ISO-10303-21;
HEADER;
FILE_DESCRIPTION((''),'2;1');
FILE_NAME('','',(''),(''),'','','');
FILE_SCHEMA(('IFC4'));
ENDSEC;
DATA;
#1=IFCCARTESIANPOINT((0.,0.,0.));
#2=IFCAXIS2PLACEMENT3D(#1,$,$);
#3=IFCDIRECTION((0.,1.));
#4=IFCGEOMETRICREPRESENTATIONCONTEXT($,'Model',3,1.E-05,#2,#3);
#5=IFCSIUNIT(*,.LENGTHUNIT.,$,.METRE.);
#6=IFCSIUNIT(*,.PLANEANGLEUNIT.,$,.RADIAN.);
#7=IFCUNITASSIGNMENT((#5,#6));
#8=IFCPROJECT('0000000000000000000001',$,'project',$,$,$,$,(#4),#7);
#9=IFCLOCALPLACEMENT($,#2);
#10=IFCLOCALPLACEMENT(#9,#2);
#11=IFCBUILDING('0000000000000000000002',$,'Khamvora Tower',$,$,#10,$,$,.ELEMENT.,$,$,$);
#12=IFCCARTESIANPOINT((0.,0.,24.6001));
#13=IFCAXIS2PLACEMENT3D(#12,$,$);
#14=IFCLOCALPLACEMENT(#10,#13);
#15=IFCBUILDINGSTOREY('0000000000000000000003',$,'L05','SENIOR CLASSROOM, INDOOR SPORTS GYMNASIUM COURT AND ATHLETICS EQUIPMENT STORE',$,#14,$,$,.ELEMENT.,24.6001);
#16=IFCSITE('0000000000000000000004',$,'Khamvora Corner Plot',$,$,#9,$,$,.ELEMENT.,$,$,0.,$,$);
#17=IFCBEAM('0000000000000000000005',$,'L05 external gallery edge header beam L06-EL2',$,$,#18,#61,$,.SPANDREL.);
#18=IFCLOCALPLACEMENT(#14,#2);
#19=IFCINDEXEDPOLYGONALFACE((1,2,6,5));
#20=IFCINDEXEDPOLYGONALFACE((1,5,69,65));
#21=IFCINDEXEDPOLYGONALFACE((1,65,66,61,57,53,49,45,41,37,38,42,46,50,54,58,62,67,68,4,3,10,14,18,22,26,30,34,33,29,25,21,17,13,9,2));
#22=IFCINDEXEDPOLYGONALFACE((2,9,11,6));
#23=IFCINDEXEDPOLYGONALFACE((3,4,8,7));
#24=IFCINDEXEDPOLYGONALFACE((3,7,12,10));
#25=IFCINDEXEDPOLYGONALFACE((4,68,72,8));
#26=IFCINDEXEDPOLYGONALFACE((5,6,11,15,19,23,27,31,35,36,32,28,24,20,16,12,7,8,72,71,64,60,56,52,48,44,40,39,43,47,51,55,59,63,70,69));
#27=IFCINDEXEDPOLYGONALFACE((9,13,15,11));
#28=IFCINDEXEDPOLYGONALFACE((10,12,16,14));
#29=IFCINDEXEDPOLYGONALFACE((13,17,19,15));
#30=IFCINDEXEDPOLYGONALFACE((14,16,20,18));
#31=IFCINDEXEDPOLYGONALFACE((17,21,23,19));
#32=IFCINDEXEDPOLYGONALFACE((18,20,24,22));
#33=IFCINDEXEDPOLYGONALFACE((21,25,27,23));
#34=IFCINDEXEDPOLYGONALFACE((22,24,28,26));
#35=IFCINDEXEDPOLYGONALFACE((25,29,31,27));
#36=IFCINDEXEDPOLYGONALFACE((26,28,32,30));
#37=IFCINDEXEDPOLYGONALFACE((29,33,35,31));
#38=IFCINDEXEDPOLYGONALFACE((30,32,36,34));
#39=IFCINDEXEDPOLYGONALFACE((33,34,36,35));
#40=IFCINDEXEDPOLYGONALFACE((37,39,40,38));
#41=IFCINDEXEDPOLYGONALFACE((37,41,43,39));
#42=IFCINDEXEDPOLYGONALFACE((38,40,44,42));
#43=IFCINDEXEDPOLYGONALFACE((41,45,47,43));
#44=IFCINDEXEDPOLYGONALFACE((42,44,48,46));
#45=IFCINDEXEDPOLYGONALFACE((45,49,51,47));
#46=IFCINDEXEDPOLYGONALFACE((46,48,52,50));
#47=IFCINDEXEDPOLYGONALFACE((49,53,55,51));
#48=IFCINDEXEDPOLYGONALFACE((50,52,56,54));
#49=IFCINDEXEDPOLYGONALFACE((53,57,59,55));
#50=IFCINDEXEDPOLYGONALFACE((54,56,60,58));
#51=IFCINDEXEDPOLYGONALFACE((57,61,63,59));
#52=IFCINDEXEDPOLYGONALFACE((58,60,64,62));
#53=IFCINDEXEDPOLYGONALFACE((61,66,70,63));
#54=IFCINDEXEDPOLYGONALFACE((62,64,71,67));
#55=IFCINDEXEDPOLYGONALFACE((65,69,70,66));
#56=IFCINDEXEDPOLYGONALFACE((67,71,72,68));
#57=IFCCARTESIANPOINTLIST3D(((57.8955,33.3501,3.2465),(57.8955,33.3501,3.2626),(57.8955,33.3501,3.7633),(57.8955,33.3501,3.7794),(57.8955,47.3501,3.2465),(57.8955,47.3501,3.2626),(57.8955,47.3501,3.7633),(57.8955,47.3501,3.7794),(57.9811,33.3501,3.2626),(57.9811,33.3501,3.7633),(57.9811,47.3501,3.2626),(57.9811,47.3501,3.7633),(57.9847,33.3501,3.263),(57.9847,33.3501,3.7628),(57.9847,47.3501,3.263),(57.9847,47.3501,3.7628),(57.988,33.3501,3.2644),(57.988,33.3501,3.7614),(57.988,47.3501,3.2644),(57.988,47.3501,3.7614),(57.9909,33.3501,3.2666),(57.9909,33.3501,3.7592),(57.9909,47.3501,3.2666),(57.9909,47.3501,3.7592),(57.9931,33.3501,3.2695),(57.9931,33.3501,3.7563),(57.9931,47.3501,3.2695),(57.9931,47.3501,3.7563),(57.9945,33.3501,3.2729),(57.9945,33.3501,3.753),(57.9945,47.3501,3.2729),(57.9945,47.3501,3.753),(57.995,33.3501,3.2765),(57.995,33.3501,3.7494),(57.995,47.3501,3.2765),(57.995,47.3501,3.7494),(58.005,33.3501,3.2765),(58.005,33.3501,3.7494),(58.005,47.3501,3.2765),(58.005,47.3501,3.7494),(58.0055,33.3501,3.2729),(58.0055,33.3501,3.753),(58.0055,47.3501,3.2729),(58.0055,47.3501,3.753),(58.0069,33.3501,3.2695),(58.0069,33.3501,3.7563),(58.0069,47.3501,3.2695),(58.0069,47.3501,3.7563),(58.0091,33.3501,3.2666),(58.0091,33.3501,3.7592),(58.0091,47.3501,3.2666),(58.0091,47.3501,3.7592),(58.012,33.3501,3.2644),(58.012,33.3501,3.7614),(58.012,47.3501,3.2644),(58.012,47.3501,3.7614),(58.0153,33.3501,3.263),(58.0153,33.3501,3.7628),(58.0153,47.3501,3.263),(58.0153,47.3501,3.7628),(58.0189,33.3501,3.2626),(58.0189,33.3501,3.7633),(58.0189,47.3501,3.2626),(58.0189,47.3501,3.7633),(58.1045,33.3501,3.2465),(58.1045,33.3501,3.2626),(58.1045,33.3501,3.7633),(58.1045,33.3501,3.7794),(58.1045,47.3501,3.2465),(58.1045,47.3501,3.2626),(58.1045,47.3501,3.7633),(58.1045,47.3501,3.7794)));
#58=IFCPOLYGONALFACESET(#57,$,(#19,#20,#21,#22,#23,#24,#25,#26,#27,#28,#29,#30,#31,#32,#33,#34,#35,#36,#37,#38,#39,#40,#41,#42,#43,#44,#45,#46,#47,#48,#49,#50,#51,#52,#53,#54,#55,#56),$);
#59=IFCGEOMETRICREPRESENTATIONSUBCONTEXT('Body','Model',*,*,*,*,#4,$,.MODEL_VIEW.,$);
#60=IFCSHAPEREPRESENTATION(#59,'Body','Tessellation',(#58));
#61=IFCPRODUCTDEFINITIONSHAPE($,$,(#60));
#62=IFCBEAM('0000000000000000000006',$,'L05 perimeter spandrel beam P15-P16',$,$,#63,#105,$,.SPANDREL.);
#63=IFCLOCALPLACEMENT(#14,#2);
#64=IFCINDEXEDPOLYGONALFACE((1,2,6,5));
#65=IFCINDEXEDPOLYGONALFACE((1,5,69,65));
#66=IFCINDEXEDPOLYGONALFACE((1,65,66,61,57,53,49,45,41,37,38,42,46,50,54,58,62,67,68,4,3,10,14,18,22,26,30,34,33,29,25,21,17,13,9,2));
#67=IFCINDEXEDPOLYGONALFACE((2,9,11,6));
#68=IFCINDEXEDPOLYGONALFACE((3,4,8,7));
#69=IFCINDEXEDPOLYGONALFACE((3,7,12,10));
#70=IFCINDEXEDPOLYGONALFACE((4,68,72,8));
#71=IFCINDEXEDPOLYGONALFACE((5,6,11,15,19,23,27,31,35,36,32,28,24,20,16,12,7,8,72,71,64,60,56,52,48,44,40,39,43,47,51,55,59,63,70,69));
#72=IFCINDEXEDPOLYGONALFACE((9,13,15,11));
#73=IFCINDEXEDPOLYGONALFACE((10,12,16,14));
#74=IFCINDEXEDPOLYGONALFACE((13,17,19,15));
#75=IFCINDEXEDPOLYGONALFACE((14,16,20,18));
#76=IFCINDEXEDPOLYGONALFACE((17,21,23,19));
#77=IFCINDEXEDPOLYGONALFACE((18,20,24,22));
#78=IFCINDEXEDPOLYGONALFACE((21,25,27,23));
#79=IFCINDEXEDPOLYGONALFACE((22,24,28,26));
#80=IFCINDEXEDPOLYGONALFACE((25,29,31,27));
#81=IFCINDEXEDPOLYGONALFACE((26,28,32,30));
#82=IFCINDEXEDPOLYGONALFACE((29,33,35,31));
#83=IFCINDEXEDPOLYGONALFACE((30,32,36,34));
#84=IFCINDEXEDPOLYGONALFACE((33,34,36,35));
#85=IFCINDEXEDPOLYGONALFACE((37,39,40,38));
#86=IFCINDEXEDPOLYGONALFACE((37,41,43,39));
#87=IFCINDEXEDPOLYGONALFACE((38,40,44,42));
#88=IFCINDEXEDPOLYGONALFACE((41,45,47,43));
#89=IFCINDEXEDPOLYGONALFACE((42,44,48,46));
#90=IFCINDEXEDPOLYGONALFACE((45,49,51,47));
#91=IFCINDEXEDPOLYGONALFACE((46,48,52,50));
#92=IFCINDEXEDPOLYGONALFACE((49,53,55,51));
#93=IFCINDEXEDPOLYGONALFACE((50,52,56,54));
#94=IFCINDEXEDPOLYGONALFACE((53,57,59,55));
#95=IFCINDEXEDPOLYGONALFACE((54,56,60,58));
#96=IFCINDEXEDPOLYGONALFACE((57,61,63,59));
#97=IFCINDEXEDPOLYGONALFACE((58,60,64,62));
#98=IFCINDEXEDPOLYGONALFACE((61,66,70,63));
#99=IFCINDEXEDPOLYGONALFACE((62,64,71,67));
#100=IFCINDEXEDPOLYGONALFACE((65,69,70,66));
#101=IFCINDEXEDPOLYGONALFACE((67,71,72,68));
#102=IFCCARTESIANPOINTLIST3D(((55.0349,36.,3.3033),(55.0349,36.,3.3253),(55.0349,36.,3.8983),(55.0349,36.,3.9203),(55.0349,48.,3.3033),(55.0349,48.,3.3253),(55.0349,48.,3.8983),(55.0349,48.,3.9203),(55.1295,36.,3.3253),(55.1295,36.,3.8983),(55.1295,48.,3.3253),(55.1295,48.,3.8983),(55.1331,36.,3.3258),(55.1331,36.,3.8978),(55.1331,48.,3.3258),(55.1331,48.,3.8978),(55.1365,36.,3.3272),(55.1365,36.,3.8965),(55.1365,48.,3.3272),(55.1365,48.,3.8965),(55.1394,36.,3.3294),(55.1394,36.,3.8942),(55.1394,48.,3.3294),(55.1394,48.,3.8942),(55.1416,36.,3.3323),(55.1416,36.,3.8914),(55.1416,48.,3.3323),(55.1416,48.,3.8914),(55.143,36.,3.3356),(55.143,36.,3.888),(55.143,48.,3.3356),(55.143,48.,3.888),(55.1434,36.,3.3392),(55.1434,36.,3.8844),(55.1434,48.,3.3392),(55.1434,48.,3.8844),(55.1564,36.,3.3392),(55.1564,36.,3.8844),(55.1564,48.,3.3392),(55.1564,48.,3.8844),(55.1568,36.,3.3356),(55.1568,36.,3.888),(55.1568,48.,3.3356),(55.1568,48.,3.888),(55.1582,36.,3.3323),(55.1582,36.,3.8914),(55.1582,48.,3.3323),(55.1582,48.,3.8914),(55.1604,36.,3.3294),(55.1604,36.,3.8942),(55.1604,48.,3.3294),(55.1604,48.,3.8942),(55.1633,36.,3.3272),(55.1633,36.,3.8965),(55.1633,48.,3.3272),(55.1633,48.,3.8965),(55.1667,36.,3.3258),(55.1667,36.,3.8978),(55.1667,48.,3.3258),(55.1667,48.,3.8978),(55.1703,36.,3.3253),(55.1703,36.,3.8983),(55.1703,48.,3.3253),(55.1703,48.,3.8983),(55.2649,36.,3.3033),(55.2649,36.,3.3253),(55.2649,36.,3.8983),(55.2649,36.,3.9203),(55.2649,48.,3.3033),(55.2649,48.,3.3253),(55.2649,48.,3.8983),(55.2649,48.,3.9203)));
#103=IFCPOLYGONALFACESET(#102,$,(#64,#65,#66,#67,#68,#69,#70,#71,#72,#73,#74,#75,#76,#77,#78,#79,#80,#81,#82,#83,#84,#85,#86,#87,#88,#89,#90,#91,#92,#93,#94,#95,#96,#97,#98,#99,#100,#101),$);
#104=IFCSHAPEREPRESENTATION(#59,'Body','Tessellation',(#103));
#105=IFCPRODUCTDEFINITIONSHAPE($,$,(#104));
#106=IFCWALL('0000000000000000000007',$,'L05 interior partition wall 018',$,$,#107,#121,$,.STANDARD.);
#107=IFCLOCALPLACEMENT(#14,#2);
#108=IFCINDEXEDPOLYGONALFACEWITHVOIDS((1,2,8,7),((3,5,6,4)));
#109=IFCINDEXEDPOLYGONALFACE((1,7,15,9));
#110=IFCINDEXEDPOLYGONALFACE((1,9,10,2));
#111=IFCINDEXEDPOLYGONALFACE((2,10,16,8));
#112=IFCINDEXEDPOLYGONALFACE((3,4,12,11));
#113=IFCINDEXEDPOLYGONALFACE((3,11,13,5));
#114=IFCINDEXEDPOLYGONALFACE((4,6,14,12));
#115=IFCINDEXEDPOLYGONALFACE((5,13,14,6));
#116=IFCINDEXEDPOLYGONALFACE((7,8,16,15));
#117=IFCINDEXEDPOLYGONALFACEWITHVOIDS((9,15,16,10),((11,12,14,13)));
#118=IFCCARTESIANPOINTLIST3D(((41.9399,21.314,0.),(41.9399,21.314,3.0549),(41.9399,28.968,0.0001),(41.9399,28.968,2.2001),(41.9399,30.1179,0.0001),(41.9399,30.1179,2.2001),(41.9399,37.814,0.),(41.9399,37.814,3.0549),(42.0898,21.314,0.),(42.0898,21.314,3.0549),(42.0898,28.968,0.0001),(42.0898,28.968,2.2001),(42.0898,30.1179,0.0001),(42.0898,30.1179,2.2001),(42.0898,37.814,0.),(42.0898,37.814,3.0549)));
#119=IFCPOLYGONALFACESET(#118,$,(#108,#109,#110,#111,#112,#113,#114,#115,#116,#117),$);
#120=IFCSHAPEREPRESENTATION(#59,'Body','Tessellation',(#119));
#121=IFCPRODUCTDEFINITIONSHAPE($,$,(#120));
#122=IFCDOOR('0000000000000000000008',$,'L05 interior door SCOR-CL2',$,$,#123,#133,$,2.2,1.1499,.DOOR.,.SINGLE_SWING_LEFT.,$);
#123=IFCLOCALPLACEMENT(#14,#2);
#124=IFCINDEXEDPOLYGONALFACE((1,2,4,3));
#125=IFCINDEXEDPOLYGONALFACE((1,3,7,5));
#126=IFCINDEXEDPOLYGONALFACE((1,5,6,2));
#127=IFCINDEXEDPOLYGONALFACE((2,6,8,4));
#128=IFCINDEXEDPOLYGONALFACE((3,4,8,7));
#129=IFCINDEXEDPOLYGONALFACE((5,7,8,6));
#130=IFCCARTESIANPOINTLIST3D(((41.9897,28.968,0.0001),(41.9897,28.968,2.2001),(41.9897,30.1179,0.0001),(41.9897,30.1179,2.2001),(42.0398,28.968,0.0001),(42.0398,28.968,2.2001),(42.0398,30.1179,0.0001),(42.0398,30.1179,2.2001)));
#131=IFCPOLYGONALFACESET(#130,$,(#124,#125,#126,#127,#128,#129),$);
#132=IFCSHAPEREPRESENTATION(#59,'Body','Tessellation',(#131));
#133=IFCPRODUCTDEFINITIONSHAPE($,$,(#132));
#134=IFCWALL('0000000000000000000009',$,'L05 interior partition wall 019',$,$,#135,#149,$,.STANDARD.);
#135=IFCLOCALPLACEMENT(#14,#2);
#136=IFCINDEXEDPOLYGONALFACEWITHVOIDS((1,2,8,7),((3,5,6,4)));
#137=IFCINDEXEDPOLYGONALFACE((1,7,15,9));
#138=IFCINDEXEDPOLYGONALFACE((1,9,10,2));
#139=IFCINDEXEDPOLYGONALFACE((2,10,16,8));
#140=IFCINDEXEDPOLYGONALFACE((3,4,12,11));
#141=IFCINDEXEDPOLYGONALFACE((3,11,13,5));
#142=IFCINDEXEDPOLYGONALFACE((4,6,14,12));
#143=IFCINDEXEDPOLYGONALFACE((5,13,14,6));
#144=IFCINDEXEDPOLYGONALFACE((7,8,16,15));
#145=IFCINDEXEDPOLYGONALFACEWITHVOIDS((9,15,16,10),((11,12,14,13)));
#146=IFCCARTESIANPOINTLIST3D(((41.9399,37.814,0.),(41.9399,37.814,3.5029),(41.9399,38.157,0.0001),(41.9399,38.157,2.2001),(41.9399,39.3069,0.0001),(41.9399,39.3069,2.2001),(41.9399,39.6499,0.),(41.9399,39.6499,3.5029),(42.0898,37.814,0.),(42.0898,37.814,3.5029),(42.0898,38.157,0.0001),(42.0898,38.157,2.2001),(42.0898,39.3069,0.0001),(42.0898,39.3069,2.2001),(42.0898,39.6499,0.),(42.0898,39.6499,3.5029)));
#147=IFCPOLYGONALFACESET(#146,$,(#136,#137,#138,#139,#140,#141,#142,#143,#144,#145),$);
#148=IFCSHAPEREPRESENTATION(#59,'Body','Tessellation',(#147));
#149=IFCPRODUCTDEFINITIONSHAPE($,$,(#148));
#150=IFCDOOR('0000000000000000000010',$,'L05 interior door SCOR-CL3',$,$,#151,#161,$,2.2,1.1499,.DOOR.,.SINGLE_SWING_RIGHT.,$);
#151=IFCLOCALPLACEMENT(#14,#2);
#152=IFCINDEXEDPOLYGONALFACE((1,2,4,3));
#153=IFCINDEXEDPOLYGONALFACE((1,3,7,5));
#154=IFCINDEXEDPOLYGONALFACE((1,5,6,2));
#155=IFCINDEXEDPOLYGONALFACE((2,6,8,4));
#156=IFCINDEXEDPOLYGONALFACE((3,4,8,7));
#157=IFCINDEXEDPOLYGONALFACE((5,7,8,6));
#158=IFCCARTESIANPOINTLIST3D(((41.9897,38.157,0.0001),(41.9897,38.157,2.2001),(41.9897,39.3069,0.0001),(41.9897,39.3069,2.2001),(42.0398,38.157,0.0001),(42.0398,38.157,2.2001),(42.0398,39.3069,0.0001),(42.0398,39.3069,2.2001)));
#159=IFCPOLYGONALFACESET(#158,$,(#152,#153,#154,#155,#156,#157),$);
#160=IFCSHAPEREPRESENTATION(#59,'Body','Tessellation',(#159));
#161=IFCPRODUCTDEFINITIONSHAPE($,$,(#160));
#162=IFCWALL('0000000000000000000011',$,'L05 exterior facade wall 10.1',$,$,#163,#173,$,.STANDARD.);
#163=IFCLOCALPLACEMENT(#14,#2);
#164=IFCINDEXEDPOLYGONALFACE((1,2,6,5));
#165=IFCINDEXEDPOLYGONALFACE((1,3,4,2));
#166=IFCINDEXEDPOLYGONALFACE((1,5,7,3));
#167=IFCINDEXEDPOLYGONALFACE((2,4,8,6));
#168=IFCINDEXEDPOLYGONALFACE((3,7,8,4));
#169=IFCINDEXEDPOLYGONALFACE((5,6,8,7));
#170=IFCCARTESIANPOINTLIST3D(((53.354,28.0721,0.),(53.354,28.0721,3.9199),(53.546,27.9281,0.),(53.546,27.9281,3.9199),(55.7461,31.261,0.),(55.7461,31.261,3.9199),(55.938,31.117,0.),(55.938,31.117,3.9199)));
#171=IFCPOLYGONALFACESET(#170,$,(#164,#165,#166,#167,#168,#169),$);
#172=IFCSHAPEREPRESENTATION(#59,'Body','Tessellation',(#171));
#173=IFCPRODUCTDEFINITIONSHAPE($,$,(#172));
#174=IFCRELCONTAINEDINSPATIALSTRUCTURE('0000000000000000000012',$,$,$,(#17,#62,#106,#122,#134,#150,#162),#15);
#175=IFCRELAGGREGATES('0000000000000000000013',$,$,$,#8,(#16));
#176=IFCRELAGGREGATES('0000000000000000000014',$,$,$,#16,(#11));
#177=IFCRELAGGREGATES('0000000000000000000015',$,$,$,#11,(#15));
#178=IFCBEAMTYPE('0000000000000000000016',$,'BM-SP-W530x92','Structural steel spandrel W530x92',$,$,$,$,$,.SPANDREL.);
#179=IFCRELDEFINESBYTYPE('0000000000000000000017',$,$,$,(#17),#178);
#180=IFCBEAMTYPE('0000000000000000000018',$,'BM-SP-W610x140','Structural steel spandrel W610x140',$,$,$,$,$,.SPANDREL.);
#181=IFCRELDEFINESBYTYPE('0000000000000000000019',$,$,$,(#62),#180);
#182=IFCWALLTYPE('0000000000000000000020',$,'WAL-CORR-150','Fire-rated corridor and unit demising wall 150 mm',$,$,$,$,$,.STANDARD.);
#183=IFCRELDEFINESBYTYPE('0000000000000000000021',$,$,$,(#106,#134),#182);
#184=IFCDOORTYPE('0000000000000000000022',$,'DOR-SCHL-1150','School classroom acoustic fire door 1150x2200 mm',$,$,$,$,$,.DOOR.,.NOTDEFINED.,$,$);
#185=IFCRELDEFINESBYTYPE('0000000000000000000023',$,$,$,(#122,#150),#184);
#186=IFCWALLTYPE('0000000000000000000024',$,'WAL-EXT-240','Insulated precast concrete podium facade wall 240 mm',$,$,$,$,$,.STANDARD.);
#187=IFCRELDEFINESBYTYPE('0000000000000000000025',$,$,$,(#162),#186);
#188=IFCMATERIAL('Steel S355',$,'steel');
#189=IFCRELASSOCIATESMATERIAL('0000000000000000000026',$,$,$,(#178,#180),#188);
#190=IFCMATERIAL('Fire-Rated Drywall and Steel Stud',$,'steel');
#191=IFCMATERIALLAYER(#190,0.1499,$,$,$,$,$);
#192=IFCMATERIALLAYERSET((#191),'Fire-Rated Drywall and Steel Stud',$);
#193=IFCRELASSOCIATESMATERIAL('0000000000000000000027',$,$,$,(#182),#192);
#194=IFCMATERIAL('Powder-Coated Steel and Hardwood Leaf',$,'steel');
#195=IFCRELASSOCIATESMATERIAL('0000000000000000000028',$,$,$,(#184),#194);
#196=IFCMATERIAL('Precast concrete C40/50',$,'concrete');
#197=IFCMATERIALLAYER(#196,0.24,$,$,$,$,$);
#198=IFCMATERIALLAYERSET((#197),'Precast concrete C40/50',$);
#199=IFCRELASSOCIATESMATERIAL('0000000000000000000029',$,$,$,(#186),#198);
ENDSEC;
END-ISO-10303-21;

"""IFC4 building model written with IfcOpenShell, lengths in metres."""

from ifc_helpers import new_model, si_unit, direction, frame, frame_2d, origin, origin_2d, place, context, subcontext, project, spatial, rectangle, i_section, extrude, material, layer, layer_set, material_profile, profile_set, type_object, element, fill, save


model = new_model("IFC4")

# Units and contexts
model_context = context("Model", 3, precision=1e-05, world=origin(), true_north=direction((0.0, 1.0)))
body_context = subcontext(model_context, "Body", "Model", "MODEL_VIEW")
ifc_project = project(units=[si_unit("LENGTHUNIT", "METRE"), si_unit("PLANEANGLEUNIT", "RADIAN")], contexts=[model_context])

# Site, building, storey
site_placement = place(None, origin())
site = spatial("IfcSite", under=ifc_project, at=site_placement, Name="Khamvora Corner Plot", CompositionType="ELEMENT", RefElevation=0.0)
building_placement = place(site_placement, origin())
building = spatial("IfcBuilding", under=site, at=building_placement, Name="Khamvora Tower", CompositionType="ELEMENT")
storey_placement = place(building_placement, frame((0.0, 0.0, 24.6001)))
storey = spatial("IfcBuildingStorey", under=building, at=storey_placement, Name="L05", Description="SENIOR CLASSROOM, INDOOR SPORTS GYMNASIUM COURT AND ATHLETICS EQUIPMENT STORE", CompositionType="ELEMENT", Elevation=24.6001)

# Beams
ifc_material_1 = material(Name="Steel S355", Category="steel")
ifc_material_profile_1 = material_profile(ifc_material_1, i_section(OverallWidth=0.209, OverallDepth=0.533, WebThickness=0.01, FlangeThickness=0.0161, FilletRadius=0.0139, at=origin_2d()), Name="W530x92")
ifc_profile_set_1 = profile_set([ifc_material_profile_1], Name="Steel S355")
beam_type_1 = type_object("IfcBeamType", Name="BM-SP-W530x92", Description="Structural steel spandrel W530x92", PredefinedType="SPANDREL", material=ifc_profile_set_1)
beam_1_placement = place(storey_placement, frame((58.0, 33.3501, 3.5129), z_axis=(0.0, 1.0, 0.0), x_axis=(-1.0, 0.0, 0.0)))
element("IfcBeam", 1, at=beam_1_placement, inside=storey, type_object=beam_type_1, Name="L05 external gallery edge header beam L06-EL2", PredefinedType="SPANDREL", context=body_context, shape_type="SweptSolid", body=[
    extrude(i_section(OverallWidth=0.209, OverallDepth=0.533, WebThickness=0.01, FlangeThickness=0.0161, FilletRadius=0.0139, at=origin_2d()), origin(), (0.0, 0.0, 1.0), 14.0),
])
ifc_material_profile_2 = material_profile(ifc_material_1, i_section(OverallWidth=0.23, OverallDepth=0.6169, WebThickness=0.0129, FlangeThickness=0.022, FilletRadius=0.0139, at=origin_2d()), Name="W610x140")
ifc_profile_set_2 = profile_set([ifc_material_profile_2], Name="Steel S355")
beam_type_2 = type_object("IfcBeamType", Name="BM-SP-W610x140", Description="Structural steel spandrel W610x140", PredefinedType="SPANDREL", material=ifc_profile_set_2)
beam_2_placement = place(storey_placement, frame((55.1499, 36.0, 3.6118), z_axis=(0.0, 1.0, 0.0), x_axis=(-1.0, 0.0, 0.0)))
element("IfcBeam", 2, at=beam_2_placement, inside=storey, type_object=beam_type_2, Name="L05 perimeter spandrel beam P15-P16", PredefinedType="SPANDREL", context=body_context, shape_type="SweptSolid", body=[
    extrude(i_section(OverallWidth=0.23, OverallDepth=0.6169, WebThickness=0.0129, FlangeThickness=0.022, FilletRadius=0.0139, at=origin_2d()), origin(), (0.0, 0.0, 1.0), 12.0),
])

# Walls, openings, doors
ifc_material_2 = material(Name="Fire-Rated Drywall and Steel Stud", Category="steel")
ifc_layer_1 = layer(ifc_material_2, 0.1499)
ifc_layer_set_1 = layer_set([ifc_layer_1], Name="Fire-Rated Drywall and Steel Stud")
wall_type_1 = type_object("IfcWallType", Name="WAL-CORR-150", Description="Fire-rated corridor and unit demising wall 150 mm", PredefinedType="STANDARD", material=ifc_layer_set_1)
wall_1_placement = place(storey_placement, frame((42.0149, 37.814, 0.0), z_axis=(0.0, 0.0, 1.0), x_axis=(0.0, -1.0, 0.0)))
wall_1 = element("IfcWall", 3, at=wall_1_placement, inside=storey, type_object=wall_type_1, Name="L05 interior partition wall 018", PredefinedType="STANDARD", context=body_context, shape_type="SweptSolid", body=[
    extrude(rectangle(XDim=16.5, YDim=0.1499, at=frame_2d((8.25, 0.0))), origin(), (0.0, 0.0, 1.0), 3.0549),
])
opening_1_placement = place(wall_1_placement, frame((7.696, 0.0, 0.0)))
opening_1 = element("IfcOpeningElement", 4, at=opening_1_placement, cuts=wall_1, PredefinedType="OPENING", context=body_context, shape_type="SweptSolid", body=[
    extrude(rectangle(XDim=1.1499, YDim=2.2, at=frame_2d((0.575, 1.1001))), frame((0.0, 0.085, 0.0), z_axis=(0.0, -1.0, 0.0), x_axis=(1.0, 0.0, 0.0)), (0.0, 0.0, 1.0), 0.1699),
])
ifc_material_3 = material(Name="Powder-Coated Steel and Hardwood Leaf", Category="steel")
door_type = type_object("IfcDoorType", Name="DOR-SCHL-1150", Description="School classroom acoustic fire door 1150x2200 mm", OperationType="NOTDEFINED", PredefinedType="DOOR", material=ifc_material_3)
door_1_placement = place(opening_1_placement, origin())
door_1 = element("IfcDoor", 5, at=door_1_placement, inside=storey, type_object=door_type, Name="L05 interior door SCOR-CL2", OperationType="SINGLE_SWING_LEFT", OverallHeight=2.2, OverallWidth=1.1499, PredefinedType="DOOR", context=body_context, shape_type="SweptSolid", body=[
    extrude(rectangle(XDim=1.1499, YDim=2.2, at=frame_2d((0.575, 1.1001))), frame((0.0, 0.0249, 0.0), z_axis=(0.0, -1.0, 0.0), x_axis=(1.0, 0.0, 0.0)), (0.0, 0.0, 1.0), 0.05),
])
fill(opening_1, door_1)
wall_2_placement = place(storey_placement, frame((42.0149, 39.6499, 0.0), z_axis=(0.0, 0.0, 1.0), x_axis=(0.0, -1.0, 0.0)))
wall_2 = element("IfcWall", 6, at=wall_2_placement, inside=storey, type_object=wall_type_1, Name="L05 interior partition wall 019", PredefinedType="STANDARD", context=body_context, shape_type="SweptSolid", body=[
    extrude(rectangle(XDim=1.8359, YDim=0.1499, at=frame_2d((0.918, 0.0))), origin(), (0.0, 0.0, 1.0), 3.5029),
])
opening_2_placement = place(wall_2_placement, frame((0.343, 0.0, 0.0)))
opening_2 = element("IfcOpeningElement", 7, at=opening_2_placement, cuts=wall_2, PredefinedType="OPENING", context=body_context, shape_type="SweptSolid", body=[
    extrude(rectangle(XDim=1.1499, YDim=2.2, at=frame_2d((0.575, 1.1001))), frame((0.0, 0.085, 0.0), z_axis=(0.0, -1.0, 0.0), x_axis=(1.0, 0.0, 0.0)), (0.0, 0.0, 1.0), 0.1699),
])
door_2_placement = place(opening_2_placement, origin())
door_2 = element("IfcDoor", 8, at=door_2_placement, inside=storey, type_object=door_type, Name="L05 interior door SCOR-CL3", OperationType="SINGLE_SWING_RIGHT", OverallHeight=2.2, OverallWidth=1.1499, PredefinedType="DOOR", context=body_context, shape_type="SweptSolid", body=[
    extrude(rectangle(XDim=1.1499, YDim=2.2, at=frame_2d((0.575, 1.1001))), frame((0.0, 0.0249, 0.0), z_axis=(0.0, -1.0, 0.0), x_axis=(1.0, 0.0, 0.0)), (0.0, 0.0, 1.0), 0.05),
])
fill(opening_2, door_2)

# Wall
ifc_material_4 = material(Name="Precast concrete C40/50", Category="concrete")
ifc_layer_2 = layer(ifc_material_4, 0.24)
ifc_layer_set_2 = layer_set([ifc_layer_2], Name="Precast concrete C40/50")
wall_type_2 = type_object("IfcWallType", Name="WAL-EXT-240", Description="Insulated precast concrete podium facade wall 240 mm", PredefinedType="STANDARD", material=ifc_layer_set_2)
wall_3_placement = place(storey_placement, frame((55.842, 31.189, 0.0), z_axis=(0.0, 0.0, 1.0), x_axis=(-0.600059, -0.799956, 0.0)))
element("IfcWall", 9, at=wall_3_placement, inside=storey, type_object=wall_type_2, Name="L05 exterior facade wall 10.1", PredefinedType="STANDARD", context=body_context, shape_type="SweptSolid", body=[
    extrude(rectangle(XDim=3.9863, YDim=0.24, at=frame_2d((1.9932, 0.0))), origin(), (0.0, 0.0, 1.0), 3.9199),
])

save(model, "model.ifc")
